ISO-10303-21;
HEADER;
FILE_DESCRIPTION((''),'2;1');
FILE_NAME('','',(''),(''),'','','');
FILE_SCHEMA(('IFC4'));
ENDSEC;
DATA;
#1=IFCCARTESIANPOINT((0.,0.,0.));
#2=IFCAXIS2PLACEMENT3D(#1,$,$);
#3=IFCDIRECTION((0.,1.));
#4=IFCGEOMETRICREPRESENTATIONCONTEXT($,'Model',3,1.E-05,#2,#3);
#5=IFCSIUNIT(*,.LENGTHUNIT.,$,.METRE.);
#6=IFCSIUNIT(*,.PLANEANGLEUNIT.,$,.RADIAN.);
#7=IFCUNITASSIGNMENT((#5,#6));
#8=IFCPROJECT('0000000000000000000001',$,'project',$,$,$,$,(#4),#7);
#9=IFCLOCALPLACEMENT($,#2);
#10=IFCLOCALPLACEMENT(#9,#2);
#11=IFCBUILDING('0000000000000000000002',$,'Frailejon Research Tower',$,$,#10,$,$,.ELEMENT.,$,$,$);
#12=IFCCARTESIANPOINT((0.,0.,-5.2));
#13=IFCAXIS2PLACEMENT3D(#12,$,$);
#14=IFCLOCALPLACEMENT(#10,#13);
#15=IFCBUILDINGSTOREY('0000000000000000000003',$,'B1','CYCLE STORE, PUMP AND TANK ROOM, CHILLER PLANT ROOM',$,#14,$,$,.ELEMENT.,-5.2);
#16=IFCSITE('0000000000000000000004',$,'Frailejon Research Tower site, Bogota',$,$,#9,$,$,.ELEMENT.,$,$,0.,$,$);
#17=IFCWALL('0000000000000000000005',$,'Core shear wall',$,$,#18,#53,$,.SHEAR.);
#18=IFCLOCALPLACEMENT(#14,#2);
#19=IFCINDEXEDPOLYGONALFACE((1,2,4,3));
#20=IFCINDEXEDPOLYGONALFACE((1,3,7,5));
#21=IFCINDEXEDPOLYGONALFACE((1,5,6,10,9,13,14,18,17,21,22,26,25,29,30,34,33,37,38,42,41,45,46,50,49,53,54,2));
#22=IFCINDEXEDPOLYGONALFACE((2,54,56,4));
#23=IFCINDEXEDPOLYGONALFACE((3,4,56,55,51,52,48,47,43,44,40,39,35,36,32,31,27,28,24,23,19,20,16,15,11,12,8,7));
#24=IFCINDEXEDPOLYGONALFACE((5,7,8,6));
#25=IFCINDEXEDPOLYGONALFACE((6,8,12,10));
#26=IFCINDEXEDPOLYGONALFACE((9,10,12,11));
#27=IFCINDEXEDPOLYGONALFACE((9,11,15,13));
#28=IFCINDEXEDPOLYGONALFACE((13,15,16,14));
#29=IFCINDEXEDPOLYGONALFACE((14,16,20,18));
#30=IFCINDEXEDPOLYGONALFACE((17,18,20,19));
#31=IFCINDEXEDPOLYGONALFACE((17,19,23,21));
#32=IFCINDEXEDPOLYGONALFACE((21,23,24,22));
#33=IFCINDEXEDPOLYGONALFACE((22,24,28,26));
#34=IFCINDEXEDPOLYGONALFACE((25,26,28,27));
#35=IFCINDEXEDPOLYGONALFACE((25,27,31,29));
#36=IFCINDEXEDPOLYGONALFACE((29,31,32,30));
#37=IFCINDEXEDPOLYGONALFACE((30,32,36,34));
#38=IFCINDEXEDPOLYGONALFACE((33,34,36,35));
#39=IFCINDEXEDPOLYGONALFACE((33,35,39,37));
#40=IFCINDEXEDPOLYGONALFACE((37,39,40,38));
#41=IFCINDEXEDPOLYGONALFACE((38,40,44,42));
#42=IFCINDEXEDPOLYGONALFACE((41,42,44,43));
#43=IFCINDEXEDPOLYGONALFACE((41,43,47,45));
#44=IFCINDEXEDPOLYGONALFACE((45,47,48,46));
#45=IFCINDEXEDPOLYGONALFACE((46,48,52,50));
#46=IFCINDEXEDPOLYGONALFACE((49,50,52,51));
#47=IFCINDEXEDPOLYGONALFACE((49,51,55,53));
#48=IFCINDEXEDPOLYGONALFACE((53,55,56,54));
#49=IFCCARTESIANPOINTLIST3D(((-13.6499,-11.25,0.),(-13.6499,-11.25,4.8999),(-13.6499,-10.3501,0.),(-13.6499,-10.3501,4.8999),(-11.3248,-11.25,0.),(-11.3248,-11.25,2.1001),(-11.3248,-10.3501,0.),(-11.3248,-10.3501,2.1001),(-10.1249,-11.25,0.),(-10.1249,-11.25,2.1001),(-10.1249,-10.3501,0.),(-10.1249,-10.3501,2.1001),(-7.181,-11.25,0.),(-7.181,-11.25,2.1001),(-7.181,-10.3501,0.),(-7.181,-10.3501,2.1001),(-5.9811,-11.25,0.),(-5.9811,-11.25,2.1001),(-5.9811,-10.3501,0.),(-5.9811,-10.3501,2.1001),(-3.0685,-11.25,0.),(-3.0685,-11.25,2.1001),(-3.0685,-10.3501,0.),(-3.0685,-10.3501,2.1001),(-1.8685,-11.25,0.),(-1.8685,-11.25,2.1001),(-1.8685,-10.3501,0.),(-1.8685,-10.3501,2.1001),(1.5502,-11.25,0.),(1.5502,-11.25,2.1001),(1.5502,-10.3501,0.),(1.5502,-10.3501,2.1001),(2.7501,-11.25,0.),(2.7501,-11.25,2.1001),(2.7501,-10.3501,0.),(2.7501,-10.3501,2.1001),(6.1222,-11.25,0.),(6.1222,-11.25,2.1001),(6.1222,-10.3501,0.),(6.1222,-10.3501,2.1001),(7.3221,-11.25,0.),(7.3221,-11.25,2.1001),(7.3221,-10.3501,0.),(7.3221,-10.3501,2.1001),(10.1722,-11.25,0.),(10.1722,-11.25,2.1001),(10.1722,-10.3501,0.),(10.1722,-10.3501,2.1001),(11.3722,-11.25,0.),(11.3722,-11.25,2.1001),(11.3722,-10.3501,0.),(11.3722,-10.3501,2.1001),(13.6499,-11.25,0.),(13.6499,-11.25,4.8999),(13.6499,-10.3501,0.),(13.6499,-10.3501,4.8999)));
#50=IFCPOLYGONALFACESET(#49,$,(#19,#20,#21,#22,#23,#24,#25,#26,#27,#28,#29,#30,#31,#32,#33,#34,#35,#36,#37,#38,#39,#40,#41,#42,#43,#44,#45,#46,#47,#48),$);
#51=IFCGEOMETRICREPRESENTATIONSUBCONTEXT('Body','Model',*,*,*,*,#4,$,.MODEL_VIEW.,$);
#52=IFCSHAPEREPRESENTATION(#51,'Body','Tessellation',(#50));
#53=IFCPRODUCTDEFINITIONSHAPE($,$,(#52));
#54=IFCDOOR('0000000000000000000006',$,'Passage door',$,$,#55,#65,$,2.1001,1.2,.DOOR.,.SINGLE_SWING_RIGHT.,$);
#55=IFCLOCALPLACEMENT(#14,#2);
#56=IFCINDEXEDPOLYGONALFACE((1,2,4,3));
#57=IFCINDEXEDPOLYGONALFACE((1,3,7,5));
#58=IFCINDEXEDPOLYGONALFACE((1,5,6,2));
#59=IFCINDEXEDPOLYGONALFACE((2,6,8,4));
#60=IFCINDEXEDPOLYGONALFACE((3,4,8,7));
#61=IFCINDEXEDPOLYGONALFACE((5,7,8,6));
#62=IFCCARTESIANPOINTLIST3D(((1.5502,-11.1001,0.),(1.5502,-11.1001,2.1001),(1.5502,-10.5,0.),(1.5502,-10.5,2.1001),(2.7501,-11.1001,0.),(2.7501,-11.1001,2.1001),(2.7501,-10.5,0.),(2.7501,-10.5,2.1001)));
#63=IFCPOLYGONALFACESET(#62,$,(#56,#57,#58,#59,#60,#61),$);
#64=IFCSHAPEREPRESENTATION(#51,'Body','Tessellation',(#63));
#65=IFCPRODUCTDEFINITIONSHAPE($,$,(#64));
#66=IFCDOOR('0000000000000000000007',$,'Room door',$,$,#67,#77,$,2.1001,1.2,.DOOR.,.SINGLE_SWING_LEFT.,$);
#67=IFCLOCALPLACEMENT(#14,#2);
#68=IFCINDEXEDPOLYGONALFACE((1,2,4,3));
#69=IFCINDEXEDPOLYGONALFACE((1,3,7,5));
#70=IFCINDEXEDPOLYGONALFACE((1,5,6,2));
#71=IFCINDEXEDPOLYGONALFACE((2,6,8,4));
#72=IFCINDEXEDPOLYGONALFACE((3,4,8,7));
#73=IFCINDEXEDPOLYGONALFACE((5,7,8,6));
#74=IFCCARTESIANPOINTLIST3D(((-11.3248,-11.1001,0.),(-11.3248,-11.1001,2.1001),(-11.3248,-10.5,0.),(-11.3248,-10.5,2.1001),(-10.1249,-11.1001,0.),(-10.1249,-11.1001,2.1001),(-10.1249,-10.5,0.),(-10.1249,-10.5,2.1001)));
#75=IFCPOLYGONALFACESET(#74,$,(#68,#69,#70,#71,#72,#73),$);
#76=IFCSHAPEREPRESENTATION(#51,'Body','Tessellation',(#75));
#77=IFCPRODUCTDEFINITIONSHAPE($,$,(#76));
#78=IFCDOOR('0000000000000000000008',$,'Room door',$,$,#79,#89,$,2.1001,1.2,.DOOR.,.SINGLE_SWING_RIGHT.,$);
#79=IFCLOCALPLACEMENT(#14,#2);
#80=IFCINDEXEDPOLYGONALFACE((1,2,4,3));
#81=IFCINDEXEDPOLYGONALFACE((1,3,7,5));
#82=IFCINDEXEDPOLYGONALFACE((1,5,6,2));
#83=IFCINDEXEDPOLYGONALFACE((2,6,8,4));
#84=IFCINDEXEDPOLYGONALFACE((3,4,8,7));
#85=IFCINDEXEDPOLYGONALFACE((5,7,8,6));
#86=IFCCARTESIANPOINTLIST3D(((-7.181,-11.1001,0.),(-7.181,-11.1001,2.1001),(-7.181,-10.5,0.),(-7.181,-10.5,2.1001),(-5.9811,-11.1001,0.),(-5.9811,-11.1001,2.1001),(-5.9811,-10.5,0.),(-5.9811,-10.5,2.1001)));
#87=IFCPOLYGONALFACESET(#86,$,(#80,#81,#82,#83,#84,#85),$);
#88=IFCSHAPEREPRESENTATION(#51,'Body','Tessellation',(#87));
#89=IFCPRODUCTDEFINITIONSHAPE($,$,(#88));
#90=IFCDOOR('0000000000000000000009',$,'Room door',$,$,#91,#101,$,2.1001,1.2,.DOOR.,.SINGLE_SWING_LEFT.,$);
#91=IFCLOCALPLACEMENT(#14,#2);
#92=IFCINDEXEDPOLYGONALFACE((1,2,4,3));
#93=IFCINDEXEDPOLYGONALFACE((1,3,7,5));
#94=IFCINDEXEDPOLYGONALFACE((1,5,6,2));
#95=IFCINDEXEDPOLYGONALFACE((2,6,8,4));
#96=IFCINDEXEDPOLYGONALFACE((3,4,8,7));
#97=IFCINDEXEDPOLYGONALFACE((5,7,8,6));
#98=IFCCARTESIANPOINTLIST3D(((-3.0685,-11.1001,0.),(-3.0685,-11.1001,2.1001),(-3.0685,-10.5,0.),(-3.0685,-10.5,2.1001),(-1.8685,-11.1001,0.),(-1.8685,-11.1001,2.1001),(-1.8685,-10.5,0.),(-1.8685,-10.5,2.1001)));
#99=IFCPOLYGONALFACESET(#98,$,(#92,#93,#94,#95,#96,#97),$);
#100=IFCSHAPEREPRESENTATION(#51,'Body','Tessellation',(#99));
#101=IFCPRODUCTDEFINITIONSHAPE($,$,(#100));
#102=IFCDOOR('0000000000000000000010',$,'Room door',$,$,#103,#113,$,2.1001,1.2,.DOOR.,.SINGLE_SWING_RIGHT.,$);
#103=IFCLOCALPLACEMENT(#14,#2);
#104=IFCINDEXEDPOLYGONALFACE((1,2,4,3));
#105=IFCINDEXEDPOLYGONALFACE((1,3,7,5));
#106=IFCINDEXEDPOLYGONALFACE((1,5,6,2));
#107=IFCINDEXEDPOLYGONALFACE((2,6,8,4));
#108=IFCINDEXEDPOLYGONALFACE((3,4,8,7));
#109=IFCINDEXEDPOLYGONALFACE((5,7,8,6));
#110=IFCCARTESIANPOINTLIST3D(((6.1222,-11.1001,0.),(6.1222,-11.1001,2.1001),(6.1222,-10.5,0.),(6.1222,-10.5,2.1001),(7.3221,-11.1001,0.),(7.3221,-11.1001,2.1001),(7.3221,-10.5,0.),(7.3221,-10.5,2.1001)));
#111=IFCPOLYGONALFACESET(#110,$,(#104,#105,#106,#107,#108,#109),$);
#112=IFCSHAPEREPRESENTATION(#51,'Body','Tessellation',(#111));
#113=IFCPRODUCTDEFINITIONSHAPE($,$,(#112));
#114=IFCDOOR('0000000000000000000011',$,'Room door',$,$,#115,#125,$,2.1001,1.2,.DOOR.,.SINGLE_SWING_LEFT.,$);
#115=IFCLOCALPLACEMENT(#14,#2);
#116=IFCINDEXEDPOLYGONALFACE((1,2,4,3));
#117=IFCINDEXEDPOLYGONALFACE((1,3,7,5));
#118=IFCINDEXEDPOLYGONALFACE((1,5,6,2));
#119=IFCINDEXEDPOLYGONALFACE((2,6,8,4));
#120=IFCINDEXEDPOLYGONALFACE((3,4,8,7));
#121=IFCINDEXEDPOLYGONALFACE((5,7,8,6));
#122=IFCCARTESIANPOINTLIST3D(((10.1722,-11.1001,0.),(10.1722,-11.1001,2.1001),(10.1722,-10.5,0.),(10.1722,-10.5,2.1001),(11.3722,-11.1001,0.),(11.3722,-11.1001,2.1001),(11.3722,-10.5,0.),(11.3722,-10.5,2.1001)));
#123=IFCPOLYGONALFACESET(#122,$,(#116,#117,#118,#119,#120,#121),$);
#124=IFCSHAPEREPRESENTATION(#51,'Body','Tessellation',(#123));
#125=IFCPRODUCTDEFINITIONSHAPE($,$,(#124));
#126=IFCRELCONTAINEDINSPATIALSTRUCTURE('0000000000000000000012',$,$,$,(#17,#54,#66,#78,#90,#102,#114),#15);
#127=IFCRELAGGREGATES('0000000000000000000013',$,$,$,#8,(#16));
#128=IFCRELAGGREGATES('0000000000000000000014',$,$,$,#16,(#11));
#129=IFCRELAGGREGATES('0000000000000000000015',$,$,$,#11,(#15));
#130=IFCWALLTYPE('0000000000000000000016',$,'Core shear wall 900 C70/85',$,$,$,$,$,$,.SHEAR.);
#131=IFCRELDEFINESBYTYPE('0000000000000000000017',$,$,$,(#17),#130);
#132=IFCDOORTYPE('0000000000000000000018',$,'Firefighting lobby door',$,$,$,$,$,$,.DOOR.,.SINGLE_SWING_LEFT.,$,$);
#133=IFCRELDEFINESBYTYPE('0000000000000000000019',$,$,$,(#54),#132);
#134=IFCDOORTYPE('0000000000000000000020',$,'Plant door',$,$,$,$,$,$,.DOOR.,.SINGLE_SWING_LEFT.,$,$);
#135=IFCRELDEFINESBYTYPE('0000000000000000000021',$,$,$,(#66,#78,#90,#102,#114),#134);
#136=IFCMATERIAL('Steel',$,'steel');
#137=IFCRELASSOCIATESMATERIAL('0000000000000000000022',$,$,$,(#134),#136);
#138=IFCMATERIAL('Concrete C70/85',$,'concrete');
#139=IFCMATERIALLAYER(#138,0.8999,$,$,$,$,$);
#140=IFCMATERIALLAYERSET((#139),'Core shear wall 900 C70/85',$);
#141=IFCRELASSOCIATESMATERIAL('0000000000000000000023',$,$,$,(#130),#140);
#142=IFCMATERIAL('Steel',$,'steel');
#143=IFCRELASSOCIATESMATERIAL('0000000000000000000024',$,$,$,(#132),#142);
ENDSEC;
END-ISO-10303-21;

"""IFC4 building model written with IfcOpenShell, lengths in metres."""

from ifc_helpers import new_model, si_unit, direction, frame, frame_2d, origin, place, context, subcontext, project, spatial, rectangle, extrude, material, layer, layer_set, type_object, element, fill, save


model = new_model("IFC4")

# Units and contexts
model_context = context("Model", 3, precision=1e-05, world=origin(), true_north=direction((0.0, 1.0)))
body_context = subcontext(model_context, "Body", "Model", "MODEL_VIEW")
ifc_project = project(units=[si_unit("LENGTHUNIT", "METRE"), si_unit("PLANEANGLEUNIT", "RADIAN")], contexts=[model_context])

# Site, building, storey
site_placement = place(None, origin())
site = spatial("IfcSite", under=ifc_project, at=site_placement, Name="Frailejon Research Tower site, Bogota", CompositionType="ELEMENT", RefElevation=0.0)
building_placement = place(site_placement, origin())
building = spatial("IfcBuilding", under=site, at=building_placement, Name="Frailejon Research Tower", CompositionType="ELEMENT")
storey_placement = place(building_placement, frame((0.0, 0.0, -5.2)))
storey = spatial("IfcBuildingStorey", under=building, at=storey_placement, Name="B1", Description="CYCLE STORE, PUMP AND TANK ROOM, CHILLER PLANT ROOM", CompositionType="ELEMENT", Elevation=-5.2)

# Wall, openings, doors
ifc_material_1 = material(Name="Steel", Category="steel")
door_type_1 = type_object("IfcDoorType", Name="Plant door", OperationType="SINGLE_SWING_LEFT", PredefinedType="DOOR", material=ifc_material_1)
ifc_material_2 = material(Name="Concrete C70/85", Category="concrete")
ifc_layer_1 = layer(ifc_material_2, 0.8999)
ifc_layer_set_1 = layer_set([ifc_layer_1], Name="Core shear wall 900 C70/85")
wall_type_1 = type_object("IfcWallType", Name="Core shear wall 900 C70/85", PredefinedType="SHEAR", material=ifc_layer_set_1)
wall_1_placement = place(storey_placement, frame((-13.6499, -10.8, 0.0), z_axis=(0.0, 0.0, 1.0), x_axis=(1.0, 0.0, 0.0)))
wall_1 = element("IfcWall", 1, at=wall_1_placement, inside=storey, type_object=wall_type_1, Name="Core shear wall", PredefinedType="SHEAR", context=body_context, shape_type="SweptSolid", body=[
    extrude(rectangle(XDim=27.2998, YDim=0.8999, at=frame_2d((13.6499, 0.0))), origin(), (0.0, 0.0, 1.0), 4.8999),
])
opening_1_placement = place(wall_1_placement, frame((2.325, 0.0, 0.0)))
opening_1 = element("IfcOpeningElement", 2, at=opening_1_placement, cuts=wall_1, PredefinedType="OPENING", context=body_context, shape_type="SweptSolid", body=[
    extrude(rectangle(XDim=1.2, YDim=2.1001, at=frame_2d((0.6001, 1.05))), frame((0.0, 0.46, 0.0), z_axis=(0.0, -1.0, 0.0), x_axis=(1.0, 0.0, 0.0)), (0.0, 0.0, 1.0), 0.9199),
])
opening_2_placement = place(wall_1_placement, frame((6.4688, 0.0, 0.0)))
opening_2 = element("IfcOpeningElement", 3, at=opening_2_placement, cuts=wall_1, PredefinedType="OPENING", context=body_context, shape_type="SweptSolid", body=[
    extrude(rectangle(XDim=1.2, YDim=2.1001, at=frame_2d((0.6001, 1.05))), frame((0.0, 0.46, 0.0), z_axis=(0.0, -1.0, 0.0), x_axis=(1.0, 0.0, 0.0)), (0.0, 0.0, 1.0), 0.9199),
])
opening_3_placement = place(wall_1_placement, frame((10.5813, 0.0, 0.0)))
opening_3 = element("IfcOpeningElement", 4, at=opening_3_placement, cuts=wall_1, PredefinedType="OPENING", context=body_context, shape_type="SweptSolid", body=[
    extrude(rectangle(XDim=1.2, YDim=2.1001, at=frame_2d((0.6001, 1.05))), frame((0.0, 0.46, 0.0), z_axis=(0.0, -1.0, 0.0), x_axis=(1.0, 0.0, 0.0)), (0.0, 0.0, 1.0), 0.9199),
])
opening_4_placement = place(wall_1_placement, frame((19.772, 0.0, 0.0)))
opening_4 = element("IfcOpeningElement", 5, at=opening_4_placement, cuts=wall_1, PredefinedType="OPENING", context=body_context, shape_type="SweptSolid", body=[
    extrude(rectangle(XDim=1.2, YDim=2.1001, at=frame_2d((0.6001, 1.05))), frame((0.0, 0.46, 0.0), z_axis=(0.0, -1.0, 0.0), x_axis=(1.0, 0.0, 0.0)), (0.0, 0.0, 1.0), 0.9199),
])
opening_5_placement = place(wall_1_placement, frame((23.822, 0.0, 0.0)))
opening_5 = element("IfcOpeningElement", 6, at=opening_5_placement, cuts=wall_1, PredefinedType="OPENING", context=body_context, shape_type="SweptSolid", body=[
    extrude(rectangle(XDim=1.2, YDim=2.1001, at=frame_2d((0.6001, 1.05))), frame((0.0, 0.46, 0.0), z_axis=(0.0, -1.0, 0.0), x_axis=(1.0, 0.0, 0.0)), (0.0, 0.0, 1.0), 0.9199),
])
opening_6_placement = place(wall_1_placement, frame((15.2, 0.0, 0.0)))
opening_6 = element("IfcOpeningElement", 7, at=opening_6_placement, cuts=wall_1, PredefinedType="OPENING", context=body_context, shape_type="SweptSolid", body=[
    extrude(rectangle(XDim=1.2, YDim=2.1001, at=frame_2d((0.6001, 1.05))), frame((0.0, 0.46, 0.0), z_axis=(0.0, -1.0, 0.0), x_axis=(1.0, 0.0, 0.0)), (0.0, 0.0, 1.0), 0.9199),
])
ifc_material_3 = material(Name="Steel", Category="steel")
door_type_2 = type_object("IfcDoorType", Name="Firefighting lobby door", OperationType="SINGLE_SWING_LEFT", PredefinedType="DOOR", material=ifc_material_3)
door_1_placement = place(opening_6_placement, origin())
door_1 = element("IfcDoor", 8, at=door_1_placement, inside=storey, type_object=door_type_2, Name="Passage door", OperationType="SINGLE_SWING_RIGHT", OverallHeight=2.1001, OverallWidth=1.2, PredefinedType="DOOR", context=body_context, shape_type="SweptSolid", body=[
    extrude(rectangle(XDim=1.2, YDim=2.1001, at=frame_2d((0.6001, 1.05))), frame((0.0, 0.3, 0.0), z_axis=(0.0, -1.0, 0.0), x_axis=(1.0, 0.0, 0.0)), (0.0, 0.0, 1.0), 0.6001),
])
fill(opening_6, door_1)
door_2_placement = place(opening_1_placement, origin())
door_2 = element("IfcDoor", 9, at=door_2_placement, inside=storey, type_object=door_type_1, Name="Room door", OperationType="SINGLE_SWING_LEFT", OverallHeight=2.1001, OverallWidth=1.2, PredefinedType="DOOR", context=body_context, shape_type="SweptSolid", body=[
    extrude(rectangle(XDim=1.2, YDim=2.1001, at=frame_2d((0.6001, 1.05))), frame((0.0, 0.3, 0.0), z_axis=(0.0, -1.0, 0.0), x_axis=(1.0, 0.0, 0.0)), (0.0, 0.0, 1.0), 0.6001),
])
fill(opening_1, door_2)
door_3_placement = place(opening_2_placement, origin())
door_3 = element("IfcDoor", 10, at=door_3_placement, inside=storey, type_object=door_type_1, Name="Room door", OperationType="SINGLE_SWING_RIGHT", OverallHeight=2.1001, OverallWidth=1.2, PredefinedType="DOOR", context=body_context, shape_type="SweptSolid", body=[
    extrude(rectangle(XDim=1.2, YDim=2.1001, at=frame_2d((0.6001, 1.05))), frame((0.0, 0.3, 0.0), z_axis=(0.0, -1.0, 0.0), x_axis=(1.0, 0.0, 0.0)), (0.0, 0.0, 1.0), 0.6001),
])
fill(opening_2, door_3)
door_4_placement = place(opening_3_placement, origin())
door_4 = element("IfcDoor", 11, at=door_4_placement, inside=storey, type_object=door_type_1, Name="Room door", OperationType="SINGLE_SWING_LEFT", OverallHeight=2.1001, OverallWidth=1.2, PredefinedType="DOOR", context=body_context, shape_type="SweptSolid", body=[
    extrude(rectangle(XDim=1.2, YDim=2.1001, at=frame_2d((0.6001, 1.05))), frame((0.0, 0.3, 0.0), z_axis=(0.0, -1.0, 0.0), x_axis=(1.0, 0.0, 0.0)), (0.0, 0.0, 1.0), 0.6001),
])
fill(opening_3, door_4)
door_5_placement = place(opening_4_placement, origin())
door_5 = element("IfcDoor", 12, at=door_5_placement, inside=storey, type_object=door_type_1, Name="Room door", OperationType="SINGLE_SWING_RIGHT", OverallHeight=2.1001, OverallWidth=1.2, PredefinedType="DOOR", context=body_context, shape_type="SweptSolid", body=[
    extrude(rectangle(XDim=1.2, YDim=2.1001, at=frame_2d((0.6001, 1.05))), frame((0.0, 0.3, 0.0), z_axis=(0.0, -1.0, 0.0), x_axis=(1.0, 0.0, 0.0)), (0.0, 0.0, 1.0), 0.6001),
])
fill(opening_4, door_5)
door_6_placement = place(opening_5_placement, origin())
door_6 = element("IfcDoor", 13, at=door_6_placement, inside=storey, type_object=door_type_1, Name="Room door", OperationType="SINGLE_SWING_LEFT", OverallHeight=2.1001, OverallWidth=1.2, PredefinedType="DOOR", context=body_context, shape_type="SweptSolid", body=[
    extrude(rectangle(XDim=1.2, YDim=2.1001, at=frame_2d((0.6001, 1.05))), frame((0.0, 0.3, 0.0), z_axis=(0.0, -1.0, 0.0), x_axis=(1.0, 0.0, 0.0)), (0.0, 0.0, 1.0), 0.6001),
])
fill(opening_5, door_6)

save(model, "model.ifc")
